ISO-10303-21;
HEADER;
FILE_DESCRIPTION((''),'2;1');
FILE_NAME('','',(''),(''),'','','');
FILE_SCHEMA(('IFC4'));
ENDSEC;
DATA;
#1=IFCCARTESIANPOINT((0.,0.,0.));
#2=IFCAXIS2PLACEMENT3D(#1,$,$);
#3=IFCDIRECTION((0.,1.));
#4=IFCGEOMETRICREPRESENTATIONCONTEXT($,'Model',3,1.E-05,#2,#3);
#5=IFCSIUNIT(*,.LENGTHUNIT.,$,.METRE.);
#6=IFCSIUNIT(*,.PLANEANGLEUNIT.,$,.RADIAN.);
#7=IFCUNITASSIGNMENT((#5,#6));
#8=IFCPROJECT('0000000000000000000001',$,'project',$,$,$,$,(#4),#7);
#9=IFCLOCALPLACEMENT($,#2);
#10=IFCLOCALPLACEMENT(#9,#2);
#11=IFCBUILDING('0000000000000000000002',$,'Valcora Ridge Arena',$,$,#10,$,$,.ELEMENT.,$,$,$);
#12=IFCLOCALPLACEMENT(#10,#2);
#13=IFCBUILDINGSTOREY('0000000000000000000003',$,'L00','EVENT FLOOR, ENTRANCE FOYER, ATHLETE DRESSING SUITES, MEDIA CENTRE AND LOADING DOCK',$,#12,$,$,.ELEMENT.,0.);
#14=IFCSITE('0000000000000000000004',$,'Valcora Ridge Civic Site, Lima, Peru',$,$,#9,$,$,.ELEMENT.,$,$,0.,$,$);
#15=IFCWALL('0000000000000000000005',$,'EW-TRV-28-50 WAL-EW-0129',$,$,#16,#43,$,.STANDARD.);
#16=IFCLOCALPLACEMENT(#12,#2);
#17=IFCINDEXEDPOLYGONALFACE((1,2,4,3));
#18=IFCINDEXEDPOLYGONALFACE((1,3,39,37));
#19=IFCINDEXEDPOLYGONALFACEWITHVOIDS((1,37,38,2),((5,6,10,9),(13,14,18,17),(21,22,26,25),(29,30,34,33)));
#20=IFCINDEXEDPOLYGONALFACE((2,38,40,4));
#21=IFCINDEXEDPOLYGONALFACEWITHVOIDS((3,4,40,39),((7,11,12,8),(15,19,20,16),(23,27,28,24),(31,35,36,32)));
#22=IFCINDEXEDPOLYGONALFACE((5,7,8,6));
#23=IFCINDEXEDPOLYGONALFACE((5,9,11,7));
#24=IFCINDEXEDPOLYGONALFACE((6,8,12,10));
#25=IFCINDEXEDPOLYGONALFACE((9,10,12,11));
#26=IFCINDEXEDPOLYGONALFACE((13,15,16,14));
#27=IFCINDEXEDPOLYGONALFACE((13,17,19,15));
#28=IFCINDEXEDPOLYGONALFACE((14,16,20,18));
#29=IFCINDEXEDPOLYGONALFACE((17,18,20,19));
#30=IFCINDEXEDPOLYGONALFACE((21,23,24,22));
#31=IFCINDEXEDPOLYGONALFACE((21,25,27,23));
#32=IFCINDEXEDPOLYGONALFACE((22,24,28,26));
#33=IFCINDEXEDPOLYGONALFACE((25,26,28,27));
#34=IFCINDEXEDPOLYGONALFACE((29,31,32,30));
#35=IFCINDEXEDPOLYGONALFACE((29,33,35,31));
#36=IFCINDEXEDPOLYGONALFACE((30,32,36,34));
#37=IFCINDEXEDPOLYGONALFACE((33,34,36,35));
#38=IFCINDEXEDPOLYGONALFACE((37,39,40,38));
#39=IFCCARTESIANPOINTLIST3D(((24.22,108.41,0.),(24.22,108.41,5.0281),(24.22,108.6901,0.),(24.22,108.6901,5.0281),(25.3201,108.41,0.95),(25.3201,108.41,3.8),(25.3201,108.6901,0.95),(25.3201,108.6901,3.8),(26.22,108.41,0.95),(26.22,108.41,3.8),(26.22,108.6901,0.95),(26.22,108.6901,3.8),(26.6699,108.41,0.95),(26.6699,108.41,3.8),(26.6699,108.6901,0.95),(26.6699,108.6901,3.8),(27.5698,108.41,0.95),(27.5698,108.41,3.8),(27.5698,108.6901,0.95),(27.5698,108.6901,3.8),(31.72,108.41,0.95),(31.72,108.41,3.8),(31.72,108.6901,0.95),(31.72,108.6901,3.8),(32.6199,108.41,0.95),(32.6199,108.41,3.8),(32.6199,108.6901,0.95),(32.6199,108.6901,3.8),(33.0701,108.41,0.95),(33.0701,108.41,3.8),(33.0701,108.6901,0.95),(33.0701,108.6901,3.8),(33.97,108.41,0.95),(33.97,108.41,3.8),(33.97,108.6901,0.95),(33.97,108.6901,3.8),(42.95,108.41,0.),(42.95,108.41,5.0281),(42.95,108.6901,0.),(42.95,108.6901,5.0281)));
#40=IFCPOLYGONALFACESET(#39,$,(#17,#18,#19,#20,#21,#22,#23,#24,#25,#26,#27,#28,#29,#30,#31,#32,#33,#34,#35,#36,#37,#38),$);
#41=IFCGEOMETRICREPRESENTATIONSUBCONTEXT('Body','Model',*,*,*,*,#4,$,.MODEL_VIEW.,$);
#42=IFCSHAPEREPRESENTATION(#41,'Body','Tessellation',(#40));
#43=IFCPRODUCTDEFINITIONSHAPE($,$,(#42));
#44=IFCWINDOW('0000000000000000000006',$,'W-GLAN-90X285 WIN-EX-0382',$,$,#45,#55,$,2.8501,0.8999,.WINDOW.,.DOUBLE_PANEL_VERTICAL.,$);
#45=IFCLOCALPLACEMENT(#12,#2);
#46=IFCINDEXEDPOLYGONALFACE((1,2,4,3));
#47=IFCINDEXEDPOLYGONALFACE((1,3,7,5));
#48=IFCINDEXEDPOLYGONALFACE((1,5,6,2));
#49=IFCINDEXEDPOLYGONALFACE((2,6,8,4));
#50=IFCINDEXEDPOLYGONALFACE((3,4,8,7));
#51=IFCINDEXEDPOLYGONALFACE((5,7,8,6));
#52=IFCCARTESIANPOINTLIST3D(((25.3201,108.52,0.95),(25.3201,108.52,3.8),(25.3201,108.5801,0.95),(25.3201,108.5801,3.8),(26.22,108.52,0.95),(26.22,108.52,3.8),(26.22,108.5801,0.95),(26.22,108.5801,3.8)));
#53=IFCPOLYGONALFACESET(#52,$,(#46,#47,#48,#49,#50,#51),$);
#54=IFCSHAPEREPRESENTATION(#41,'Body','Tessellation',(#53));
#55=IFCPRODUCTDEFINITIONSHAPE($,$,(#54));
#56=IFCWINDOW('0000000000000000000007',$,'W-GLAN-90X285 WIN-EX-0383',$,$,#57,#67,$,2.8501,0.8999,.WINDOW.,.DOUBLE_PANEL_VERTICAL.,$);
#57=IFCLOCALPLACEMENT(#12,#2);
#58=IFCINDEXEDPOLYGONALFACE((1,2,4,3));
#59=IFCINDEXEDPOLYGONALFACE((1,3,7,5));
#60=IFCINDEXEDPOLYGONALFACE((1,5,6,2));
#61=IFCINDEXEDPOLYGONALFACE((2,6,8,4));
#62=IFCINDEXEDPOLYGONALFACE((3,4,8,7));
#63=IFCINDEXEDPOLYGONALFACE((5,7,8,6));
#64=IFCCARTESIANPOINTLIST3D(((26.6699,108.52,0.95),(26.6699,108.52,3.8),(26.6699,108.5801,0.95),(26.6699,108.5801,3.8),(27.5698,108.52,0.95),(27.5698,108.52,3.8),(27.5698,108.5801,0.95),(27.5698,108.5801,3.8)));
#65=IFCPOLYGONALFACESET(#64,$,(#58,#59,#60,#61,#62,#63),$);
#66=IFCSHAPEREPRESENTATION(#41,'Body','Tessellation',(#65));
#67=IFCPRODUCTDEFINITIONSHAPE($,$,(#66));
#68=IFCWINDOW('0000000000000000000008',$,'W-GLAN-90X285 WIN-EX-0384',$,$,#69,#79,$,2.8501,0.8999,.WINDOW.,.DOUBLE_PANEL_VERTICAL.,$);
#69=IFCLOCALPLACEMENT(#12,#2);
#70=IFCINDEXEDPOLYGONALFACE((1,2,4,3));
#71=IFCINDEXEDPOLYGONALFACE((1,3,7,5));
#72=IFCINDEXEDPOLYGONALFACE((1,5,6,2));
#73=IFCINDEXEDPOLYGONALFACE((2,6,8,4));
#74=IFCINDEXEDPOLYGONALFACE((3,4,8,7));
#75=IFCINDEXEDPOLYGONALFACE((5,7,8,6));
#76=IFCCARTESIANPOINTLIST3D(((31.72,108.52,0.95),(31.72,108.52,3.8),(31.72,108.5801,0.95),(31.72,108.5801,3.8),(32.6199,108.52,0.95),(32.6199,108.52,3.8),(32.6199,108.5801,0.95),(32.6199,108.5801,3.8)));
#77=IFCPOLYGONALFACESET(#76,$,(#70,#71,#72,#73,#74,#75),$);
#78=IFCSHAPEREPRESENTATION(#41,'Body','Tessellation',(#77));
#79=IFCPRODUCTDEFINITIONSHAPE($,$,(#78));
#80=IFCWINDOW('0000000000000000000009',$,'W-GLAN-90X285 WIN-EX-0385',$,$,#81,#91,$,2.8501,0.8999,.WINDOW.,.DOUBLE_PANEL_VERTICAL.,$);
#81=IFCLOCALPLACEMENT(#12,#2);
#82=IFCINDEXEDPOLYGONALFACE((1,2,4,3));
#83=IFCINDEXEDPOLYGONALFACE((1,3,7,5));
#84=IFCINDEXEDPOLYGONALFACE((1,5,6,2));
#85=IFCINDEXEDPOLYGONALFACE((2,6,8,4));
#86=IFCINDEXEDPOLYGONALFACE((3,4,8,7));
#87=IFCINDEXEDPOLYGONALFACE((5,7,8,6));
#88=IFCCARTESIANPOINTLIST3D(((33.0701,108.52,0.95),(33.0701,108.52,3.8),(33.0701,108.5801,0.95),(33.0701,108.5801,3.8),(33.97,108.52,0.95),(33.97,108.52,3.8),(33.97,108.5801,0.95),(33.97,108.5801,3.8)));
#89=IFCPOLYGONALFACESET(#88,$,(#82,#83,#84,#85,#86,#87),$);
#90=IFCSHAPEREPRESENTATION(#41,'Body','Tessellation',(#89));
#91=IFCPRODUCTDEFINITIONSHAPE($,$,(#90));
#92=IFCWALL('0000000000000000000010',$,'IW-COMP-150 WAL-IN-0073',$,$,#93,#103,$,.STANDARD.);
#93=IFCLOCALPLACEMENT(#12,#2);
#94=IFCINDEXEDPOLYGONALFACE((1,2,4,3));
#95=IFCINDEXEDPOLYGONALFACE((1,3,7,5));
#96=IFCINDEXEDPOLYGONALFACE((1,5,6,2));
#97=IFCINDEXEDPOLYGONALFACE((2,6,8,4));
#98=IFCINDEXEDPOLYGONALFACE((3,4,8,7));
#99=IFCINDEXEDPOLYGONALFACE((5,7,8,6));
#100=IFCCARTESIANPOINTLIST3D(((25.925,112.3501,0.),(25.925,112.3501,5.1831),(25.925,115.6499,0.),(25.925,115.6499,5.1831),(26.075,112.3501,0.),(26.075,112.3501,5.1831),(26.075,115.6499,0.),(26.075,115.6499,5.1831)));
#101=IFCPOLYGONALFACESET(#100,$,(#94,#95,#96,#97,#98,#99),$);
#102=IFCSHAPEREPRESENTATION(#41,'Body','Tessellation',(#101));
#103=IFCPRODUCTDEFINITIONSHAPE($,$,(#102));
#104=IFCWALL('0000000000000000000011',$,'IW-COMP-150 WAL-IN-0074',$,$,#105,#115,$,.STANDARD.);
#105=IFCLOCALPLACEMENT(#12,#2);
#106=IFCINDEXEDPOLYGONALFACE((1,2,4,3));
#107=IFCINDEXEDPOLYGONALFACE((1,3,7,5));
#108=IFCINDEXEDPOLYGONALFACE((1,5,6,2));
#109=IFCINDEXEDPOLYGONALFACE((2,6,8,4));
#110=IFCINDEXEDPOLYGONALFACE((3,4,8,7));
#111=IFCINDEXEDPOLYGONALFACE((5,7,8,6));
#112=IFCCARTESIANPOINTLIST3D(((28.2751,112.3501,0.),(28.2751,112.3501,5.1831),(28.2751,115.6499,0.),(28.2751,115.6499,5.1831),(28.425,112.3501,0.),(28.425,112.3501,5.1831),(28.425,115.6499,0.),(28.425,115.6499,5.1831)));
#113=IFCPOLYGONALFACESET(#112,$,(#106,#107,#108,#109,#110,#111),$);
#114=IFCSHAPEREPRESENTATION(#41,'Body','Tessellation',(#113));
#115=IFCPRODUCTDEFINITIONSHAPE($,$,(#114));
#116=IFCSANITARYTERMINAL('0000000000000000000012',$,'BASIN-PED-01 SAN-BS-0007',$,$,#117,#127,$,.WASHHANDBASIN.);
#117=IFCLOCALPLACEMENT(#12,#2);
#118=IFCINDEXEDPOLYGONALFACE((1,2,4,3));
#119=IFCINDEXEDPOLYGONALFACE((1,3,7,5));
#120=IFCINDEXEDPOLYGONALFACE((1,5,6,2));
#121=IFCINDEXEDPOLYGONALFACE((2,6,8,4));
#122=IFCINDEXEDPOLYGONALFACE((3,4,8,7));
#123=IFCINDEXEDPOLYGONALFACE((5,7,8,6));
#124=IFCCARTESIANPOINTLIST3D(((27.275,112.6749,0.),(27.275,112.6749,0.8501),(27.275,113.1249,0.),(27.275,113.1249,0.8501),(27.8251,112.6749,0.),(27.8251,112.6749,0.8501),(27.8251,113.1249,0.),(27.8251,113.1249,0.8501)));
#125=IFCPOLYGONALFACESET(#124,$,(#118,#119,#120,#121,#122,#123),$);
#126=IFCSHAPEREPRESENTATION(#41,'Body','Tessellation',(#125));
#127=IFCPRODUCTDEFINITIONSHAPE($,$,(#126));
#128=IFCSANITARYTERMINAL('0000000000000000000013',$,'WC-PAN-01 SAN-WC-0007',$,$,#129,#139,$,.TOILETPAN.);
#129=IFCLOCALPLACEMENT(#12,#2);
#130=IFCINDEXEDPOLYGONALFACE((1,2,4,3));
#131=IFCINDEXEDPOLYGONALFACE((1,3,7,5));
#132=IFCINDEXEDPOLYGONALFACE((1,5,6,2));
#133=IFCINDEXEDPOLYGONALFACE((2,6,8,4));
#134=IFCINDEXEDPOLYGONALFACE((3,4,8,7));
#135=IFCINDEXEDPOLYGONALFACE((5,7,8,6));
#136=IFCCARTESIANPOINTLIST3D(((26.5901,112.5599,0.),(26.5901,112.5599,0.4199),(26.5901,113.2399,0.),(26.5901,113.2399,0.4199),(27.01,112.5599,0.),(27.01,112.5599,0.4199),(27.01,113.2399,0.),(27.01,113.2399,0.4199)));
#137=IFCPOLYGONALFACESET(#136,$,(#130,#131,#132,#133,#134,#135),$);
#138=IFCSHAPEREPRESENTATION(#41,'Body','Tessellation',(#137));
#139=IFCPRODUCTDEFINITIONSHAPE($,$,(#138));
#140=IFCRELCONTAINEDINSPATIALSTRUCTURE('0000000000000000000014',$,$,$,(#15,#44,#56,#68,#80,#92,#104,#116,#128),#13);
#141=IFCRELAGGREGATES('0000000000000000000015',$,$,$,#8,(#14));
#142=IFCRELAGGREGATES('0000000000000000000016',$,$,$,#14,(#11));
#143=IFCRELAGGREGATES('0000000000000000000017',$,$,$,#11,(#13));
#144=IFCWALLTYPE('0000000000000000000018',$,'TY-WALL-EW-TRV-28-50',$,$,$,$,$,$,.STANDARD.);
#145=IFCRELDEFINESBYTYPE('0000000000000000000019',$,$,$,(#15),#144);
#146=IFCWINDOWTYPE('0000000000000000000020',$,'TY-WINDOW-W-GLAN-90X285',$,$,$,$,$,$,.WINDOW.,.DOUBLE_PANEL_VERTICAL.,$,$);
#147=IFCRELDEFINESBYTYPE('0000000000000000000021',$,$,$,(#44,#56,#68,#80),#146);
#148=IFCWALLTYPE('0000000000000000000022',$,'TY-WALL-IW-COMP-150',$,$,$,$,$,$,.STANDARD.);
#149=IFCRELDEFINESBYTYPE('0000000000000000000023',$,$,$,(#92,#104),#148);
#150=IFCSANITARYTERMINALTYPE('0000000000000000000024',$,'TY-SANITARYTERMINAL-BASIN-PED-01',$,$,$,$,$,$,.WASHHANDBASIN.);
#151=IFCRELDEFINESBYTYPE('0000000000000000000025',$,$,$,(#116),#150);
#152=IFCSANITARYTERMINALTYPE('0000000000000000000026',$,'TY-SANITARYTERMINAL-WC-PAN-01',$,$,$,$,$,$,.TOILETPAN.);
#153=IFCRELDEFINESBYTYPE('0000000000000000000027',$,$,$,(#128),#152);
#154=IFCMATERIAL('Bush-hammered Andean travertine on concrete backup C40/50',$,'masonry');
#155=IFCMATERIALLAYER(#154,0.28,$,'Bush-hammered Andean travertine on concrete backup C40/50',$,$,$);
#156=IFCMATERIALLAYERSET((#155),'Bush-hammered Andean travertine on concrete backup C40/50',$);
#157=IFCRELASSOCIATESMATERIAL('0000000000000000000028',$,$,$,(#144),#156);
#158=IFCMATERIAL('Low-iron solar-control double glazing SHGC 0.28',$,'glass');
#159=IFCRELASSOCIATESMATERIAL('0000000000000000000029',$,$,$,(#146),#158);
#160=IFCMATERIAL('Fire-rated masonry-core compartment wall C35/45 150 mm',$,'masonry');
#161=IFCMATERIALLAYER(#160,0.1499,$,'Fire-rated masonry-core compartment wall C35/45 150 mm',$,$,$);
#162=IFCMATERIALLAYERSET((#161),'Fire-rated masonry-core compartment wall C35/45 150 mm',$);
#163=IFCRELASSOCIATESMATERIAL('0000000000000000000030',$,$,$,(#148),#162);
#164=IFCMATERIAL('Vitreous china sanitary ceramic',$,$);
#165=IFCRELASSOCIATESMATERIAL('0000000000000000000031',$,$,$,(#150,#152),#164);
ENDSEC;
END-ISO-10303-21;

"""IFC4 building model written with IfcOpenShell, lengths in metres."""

from ifc_helpers import new_model, si_unit, direction, frame, frame_2d, origin, origin_2d, place, context, subcontext, project, spatial, rectangle, extrude, material, layer, layer_set, type_object, element, fill, save


model = new_model("IFC4")

# Units and contexts
model_context = context("Model", 3, precision=1e-05, world=origin(), true_north=direction((0.0, 1.0)))
body_context = subcontext(model_context, "Body", "Model", "MODEL_VIEW")
ifc_project = project(units=[si_unit("LENGTHUNIT", "METRE"), si_unit("PLANEANGLEUNIT", "RADIAN")], contexts=[model_context])

# Site, building, storey
site_placement = place(None, origin())
site = spatial("IfcSite", under=ifc_project, at=site_placement, Name="Valcora Ridge Civic Site, Lima, Peru", CompositionType="ELEMENT", RefElevation=0.0)
building_placement = place(site_placement, origin())
building = spatial("IfcBuilding", under=site, at=building_placement, Name="Valcora Ridge Arena", CompositionType="ELEMENT")
storey_placement = place(building_placement, origin())
storey = spatial("IfcBuildingStorey", under=building, at=storey_placement, Name="L00", Description="EVENT FLOOR, ENTRANCE FOYER, ATHLETE DRESSING SUITES, MEDIA CENTRE AND LOADING DOCK", CompositionType="ELEMENT", Elevation=0.0)

# Shared definitions
ifc_material_1 = material(Name="Bush-hammered Andean travertine on concrete backup C40/50", Category="masonry")
ifc_layer_1 = layer(ifc_material_1, 0.28, Name="Bush-hammered Andean travertine on concrete backup C40/50")
ifc_layer_set_1 = layer_set([ifc_layer_1], Name="Bush-hammered Andean travertine on concrete backup C40/50")
wall_type_1 = type_object("IfcWallType", Name="TY-WALL-EW-TRV-28-50", PredefinedType="STANDARD", material=ifc_layer_set_1)

# Wall, openings, windows
ifc_material_2 = material(Name="Low-iron solar-control double glazing SHGC 0.28", Category="glass")
window_type = type_object("IfcWindowType", Name="TY-WINDOW-W-GLAN-90X285", PartitioningType="DOUBLE_PANEL_VERTICAL", PredefinedType="WINDOW", material=ifc_material_2)
wall_1_placement = place(storey_placement, frame((24.22, 108.55, 0.0), z_axis=(0.0, 0.0, 1.0), x_axis=(1.0, 0.0, 0.0)))
wall_1 = element("IfcWall", 1, at=wall_1_placement, inside=storey, type_object=wall_type_1, Name="EW-TRV-28-50 WAL-EW-0129", PredefinedType="STANDARD", context=body_context, shape_type="SweptSolid", body=[
    extrude(rectangle(XDim=18.73, YDim=0.28, at=frame_2d((9.365, 0.0))), origin(), (0.0, 0.0, 1.0), 5.0281),
])
opening_1_placement = place(wall_1_placement, frame((1.1001, 0.0, 0.95)))
opening_1 = element("IfcOpeningElement", 2, at=opening_1_placement, cuts=wall_1, PredefinedType="OPENING", context=body_context, shape_type="SweptSolid", body=[
    extrude(rectangle(XDim=0.8999, YDim=2.8501, at=frame_2d((0.45, 1.425))), frame((0.0, 0.1499, 0.0), z_axis=(0.0, -1.0, 0.0), x_axis=(1.0, 0.0, 0.0)), (0.0, 0.0, 1.0), 0.3),
])
opening_2_placement = place(wall_1_placement, frame((2.45, 0.0, 0.95)))
opening_2 = element("IfcOpeningElement", 3, at=opening_2_placement, cuts=wall_1, PredefinedType="OPENING", context=body_context, shape_type="SweptSolid", body=[
    extrude(rectangle(XDim=0.8999, YDim=2.8501, at=frame_2d((0.45, 1.425))), frame((0.0, 0.1499, 0.0), z_axis=(0.0, -1.0, 0.0), x_axis=(1.0, 0.0, 0.0)), (0.0, 0.0, 1.0), 0.3),
])
opening_3_placement = place(wall_1_placement, frame((7.5, 0.0, 0.95)))
opening_3 = element("IfcOpeningElement", 4, at=opening_3_placement, cuts=wall_1, PredefinedType="OPENING", context=body_context, shape_type="SweptSolid", body=[
    extrude(rectangle(XDim=0.8999, YDim=2.8501, at=frame_2d((0.45, 1.425))), frame((0.0, 0.1499, 0.0), z_axis=(0.0, -1.0, 0.0), x_axis=(1.0, 0.0, 0.0)), (0.0, 0.0, 1.0), 0.3),
])
opening_4_placement = place(wall_1_placement, frame((8.8501, 0.0, 0.95)))
opening_4 = element("IfcOpeningElement", 5, at=opening_4_placement, cuts=wall_1, PredefinedType="OPENING", context=body_context, shape_type="SweptSolid", body=[
    extrude(rectangle(XDim=0.8999, YDim=2.8501, at=frame_2d((0.45, 1.425))), frame((0.0, 0.1499, 0.0), z_axis=(0.0, -1.0, 0.0), x_axis=(1.0, 0.0, 0.0)), (0.0, 0.0, 1.0), 0.3),
])
window_1_placement = place(opening_1_placement, origin())
window_1 = element("IfcWindow", 6, at=window_1_placement, inside=storey, type_object=window_type, Name="W-GLAN-90X285 WIN-EX-0382", OverallHeight=2.8501, OverallWidth=0.8999, PartitioningType="DOUBLE_PANEL_VERTICAL", PredefinedType="WINDOW", context=body_context, shape_type="SweptSolid", body=[
    extrude(rectangle(XDim=0.8999, YDim=2.8501, at=frame_2d((0.45, 1.425))), frame((0.0, 0.03, 0.0), z_axis=(0.0, -1.0, 0.0), x_axis=(1.0, 0.0, 0.0)), (0.0, 0.0, 1.0), 0.0601),
])
fill(opening_1, window_1)
window_2_placement = place(opening_2_placement, origin())
window_2 = element("IfcWindow", 7, at=window_2_placement, inside=storey, type_object=window_type, Name="W-GLAN-90X285 WIN-EX-0383", OverallHeight=2.8501, OverallWidth=0.8999, PartitioningType="DOUBLE_PANEL_VERTICAL", PredefinedType="WINDOW", context=body_context, shape_type="SweptSolid", body=[
    extrude(rectangle(XDim=0.8999, YDim=2.8501, at=frame_2d((0.45, 1.425))), frame((0.0, 0.03, 0.0), z_axis=(0.0, -1.0, 0.0), x_axis=(1.0, 0.0, 0.0)), (0.0, 0.0, 1.0), 0.0601),
])
fill(opening_2, window_2)
window_3_placement = place(opening_3_placement, origin())
window_3 = element("IfcWindow", 8, at=window_3_placement, inside=storey, type_object=window_type, Name="W-GLAN-90X285 WIN-EX-0384", OverallHeight=2.8501, OverallWidth=0.8999, PartitioningType="DOUBLE_PANEL_VERTICAL", PredefinedType="WINDOW", context=body_context, shape_type="SweptSolid", body=[
    extrude(rectangle(XDim=0.8999, YDim=2.8501, at=frame_2d((0.45, 1.425))), frame((0.0, 0.03, 0.0), z_axis=(0.0, -1.0, 0.0), x_axis=(1.0, 0.0, 0.0)), (0.0, 0.0, 1.0), 0.0601),
])
fill(opening_3, window_3)
window_4_placement = place(opening_4_placement, origin())
window_4 = element("IfcWindow", 9, at=window_4_placement, inside=storey, type_object=window_type, Name="W-GLAN-90X285 WIN-EX-0385", OverallHeight=2.8501, OverallWidth=0.8999, PartitioningType="DOUBLE_PANEL_VERTICAL", PredefinedType="WINDOW", context=body_context, shape_type="SweptSolid", body=[
    extrude(rectangle(XDim=0.8999, YDim=2.8501, at=frame_2d((0.45, 1.425))), frame((0.0, 0.03, 0.0), z_axis=(0.0, -1.0, 0.0), x_axis=(1.0, 0.0, 0.0)), (0.0, 0.0, 1.0), 0.0601),
])
fill(opening_4, window_4)

# Shared definitions
ifc_material_3 = material(Name="Fire-rated masonry-core compartment wall C35/45 150 mm", Category="masonry")
ifc_layer_2 = layer(ifc_material_3, 0.1499, Name="Fire-rated masonry-core compartment wall C35/45 150 mm")
ifc_layer_set_2 = layer_set([ifc_layer_2], Name="Fire-rated masonry-core compartment wall C35/45 150 mm")
wall_type_2 = type_object("IfcWallType", Name="TY-WALL-IW-COMP-150", PredefinedType="STANDARD", material=ifc_layer_set_2)

# Walls
for number, where, z_axis, x_axis, name in (
    (10, (26.0, 112.3501, 0.0), (0.0, 0.0, 1.0), (0.0, 1.0, 0.0), "IW-COMP-150 WAL-IN-0073"),
    (11, (28.3501, 112.3501, 0.0), (0.0, 0.0, 1.0), (0.0, 1.0, 0.0), "IW-COMP-150 WAL-IN-0074"),
):
    element("IfcWall", number, at=place(storey_placement, frame(where, z_axis=z_axis, x_axis=x_axis)), inside=storey, type_object=wall_type_2, Name=name, PredefinedType="STANDARD", context=body_context, shape_type="SweptSolid", body=[
        extrude(rectangle(XDim=3.2998, YDim=0.1499, at=frame_2d((1.6499, 0.0))), origin(), (0.0, 0.0, 1.0), 5.1831),
    ])

# Sanitary terminals
ifc_material_4 = material(Name="Vitreous china sanitary ceramic")
sanitary_terminal_type_1 = type_object("IfcSanitaryTerminalType", Name="TY-SANITARYTERMINAL-BASIN-PED-01", PredefinedType="WASHHANDBASIN", material=ifc_material_4)
sanitary_terminal_1_placement = place(storey_placement, frame((27.55, 112.8999, 0.0), z_axis=(0.0, 0.0, 1.0), x_axis=(1.0, 0.0, 0.0)))
element("IfcSanitaryTerminal", 12, at=sanitary_terminal_1_placement, inside=storey, type_object=sanitary_terminal_type_1, Name="BASIN-PED-01 SAN-BS-0007", PredefinedType="WASHHANDBASIN", context=body_context, shape_type="SweptSolid", body=[
    extrude(rectangle(XDim=0.55, YDim=0.45, at=origin_2d()), origin(), (0.0, 0.0, 1.0), 0.8501),
])
sanitary_terminal_type_2 = type_object("IfcSanitaryTerminalType", Name="TY-SANITARYTERMINAL-WC-PAN-01", PredefinedType="TOILETPAN", material=ifc_material_4)
sanitary_terminal_2_placement = place(storey_placement, frame((26.8, 112.8999, 0.0), z_axis=(0.0, 0.0, 1.0), x_axis=(1.0, 0.0, 0.0)))
element("IfcSanitaryTerminal", 13, at=sanitary_terminal_2_placement, inside=storey, type_object=sanitary_terminal_type_2, Name="WC-PAN-01 SAN-WC-0007", PredefinedType="TOILETPAN", context=body_context, shape_type="SweptSolid", body=[
    extrude(rectangle(XDim=0.4199, YDim=0.6799, at=origin_2d()), origin(), (0.0, 0.0, 1.0), 0.4199),
])

save(model, "model.ifc")
